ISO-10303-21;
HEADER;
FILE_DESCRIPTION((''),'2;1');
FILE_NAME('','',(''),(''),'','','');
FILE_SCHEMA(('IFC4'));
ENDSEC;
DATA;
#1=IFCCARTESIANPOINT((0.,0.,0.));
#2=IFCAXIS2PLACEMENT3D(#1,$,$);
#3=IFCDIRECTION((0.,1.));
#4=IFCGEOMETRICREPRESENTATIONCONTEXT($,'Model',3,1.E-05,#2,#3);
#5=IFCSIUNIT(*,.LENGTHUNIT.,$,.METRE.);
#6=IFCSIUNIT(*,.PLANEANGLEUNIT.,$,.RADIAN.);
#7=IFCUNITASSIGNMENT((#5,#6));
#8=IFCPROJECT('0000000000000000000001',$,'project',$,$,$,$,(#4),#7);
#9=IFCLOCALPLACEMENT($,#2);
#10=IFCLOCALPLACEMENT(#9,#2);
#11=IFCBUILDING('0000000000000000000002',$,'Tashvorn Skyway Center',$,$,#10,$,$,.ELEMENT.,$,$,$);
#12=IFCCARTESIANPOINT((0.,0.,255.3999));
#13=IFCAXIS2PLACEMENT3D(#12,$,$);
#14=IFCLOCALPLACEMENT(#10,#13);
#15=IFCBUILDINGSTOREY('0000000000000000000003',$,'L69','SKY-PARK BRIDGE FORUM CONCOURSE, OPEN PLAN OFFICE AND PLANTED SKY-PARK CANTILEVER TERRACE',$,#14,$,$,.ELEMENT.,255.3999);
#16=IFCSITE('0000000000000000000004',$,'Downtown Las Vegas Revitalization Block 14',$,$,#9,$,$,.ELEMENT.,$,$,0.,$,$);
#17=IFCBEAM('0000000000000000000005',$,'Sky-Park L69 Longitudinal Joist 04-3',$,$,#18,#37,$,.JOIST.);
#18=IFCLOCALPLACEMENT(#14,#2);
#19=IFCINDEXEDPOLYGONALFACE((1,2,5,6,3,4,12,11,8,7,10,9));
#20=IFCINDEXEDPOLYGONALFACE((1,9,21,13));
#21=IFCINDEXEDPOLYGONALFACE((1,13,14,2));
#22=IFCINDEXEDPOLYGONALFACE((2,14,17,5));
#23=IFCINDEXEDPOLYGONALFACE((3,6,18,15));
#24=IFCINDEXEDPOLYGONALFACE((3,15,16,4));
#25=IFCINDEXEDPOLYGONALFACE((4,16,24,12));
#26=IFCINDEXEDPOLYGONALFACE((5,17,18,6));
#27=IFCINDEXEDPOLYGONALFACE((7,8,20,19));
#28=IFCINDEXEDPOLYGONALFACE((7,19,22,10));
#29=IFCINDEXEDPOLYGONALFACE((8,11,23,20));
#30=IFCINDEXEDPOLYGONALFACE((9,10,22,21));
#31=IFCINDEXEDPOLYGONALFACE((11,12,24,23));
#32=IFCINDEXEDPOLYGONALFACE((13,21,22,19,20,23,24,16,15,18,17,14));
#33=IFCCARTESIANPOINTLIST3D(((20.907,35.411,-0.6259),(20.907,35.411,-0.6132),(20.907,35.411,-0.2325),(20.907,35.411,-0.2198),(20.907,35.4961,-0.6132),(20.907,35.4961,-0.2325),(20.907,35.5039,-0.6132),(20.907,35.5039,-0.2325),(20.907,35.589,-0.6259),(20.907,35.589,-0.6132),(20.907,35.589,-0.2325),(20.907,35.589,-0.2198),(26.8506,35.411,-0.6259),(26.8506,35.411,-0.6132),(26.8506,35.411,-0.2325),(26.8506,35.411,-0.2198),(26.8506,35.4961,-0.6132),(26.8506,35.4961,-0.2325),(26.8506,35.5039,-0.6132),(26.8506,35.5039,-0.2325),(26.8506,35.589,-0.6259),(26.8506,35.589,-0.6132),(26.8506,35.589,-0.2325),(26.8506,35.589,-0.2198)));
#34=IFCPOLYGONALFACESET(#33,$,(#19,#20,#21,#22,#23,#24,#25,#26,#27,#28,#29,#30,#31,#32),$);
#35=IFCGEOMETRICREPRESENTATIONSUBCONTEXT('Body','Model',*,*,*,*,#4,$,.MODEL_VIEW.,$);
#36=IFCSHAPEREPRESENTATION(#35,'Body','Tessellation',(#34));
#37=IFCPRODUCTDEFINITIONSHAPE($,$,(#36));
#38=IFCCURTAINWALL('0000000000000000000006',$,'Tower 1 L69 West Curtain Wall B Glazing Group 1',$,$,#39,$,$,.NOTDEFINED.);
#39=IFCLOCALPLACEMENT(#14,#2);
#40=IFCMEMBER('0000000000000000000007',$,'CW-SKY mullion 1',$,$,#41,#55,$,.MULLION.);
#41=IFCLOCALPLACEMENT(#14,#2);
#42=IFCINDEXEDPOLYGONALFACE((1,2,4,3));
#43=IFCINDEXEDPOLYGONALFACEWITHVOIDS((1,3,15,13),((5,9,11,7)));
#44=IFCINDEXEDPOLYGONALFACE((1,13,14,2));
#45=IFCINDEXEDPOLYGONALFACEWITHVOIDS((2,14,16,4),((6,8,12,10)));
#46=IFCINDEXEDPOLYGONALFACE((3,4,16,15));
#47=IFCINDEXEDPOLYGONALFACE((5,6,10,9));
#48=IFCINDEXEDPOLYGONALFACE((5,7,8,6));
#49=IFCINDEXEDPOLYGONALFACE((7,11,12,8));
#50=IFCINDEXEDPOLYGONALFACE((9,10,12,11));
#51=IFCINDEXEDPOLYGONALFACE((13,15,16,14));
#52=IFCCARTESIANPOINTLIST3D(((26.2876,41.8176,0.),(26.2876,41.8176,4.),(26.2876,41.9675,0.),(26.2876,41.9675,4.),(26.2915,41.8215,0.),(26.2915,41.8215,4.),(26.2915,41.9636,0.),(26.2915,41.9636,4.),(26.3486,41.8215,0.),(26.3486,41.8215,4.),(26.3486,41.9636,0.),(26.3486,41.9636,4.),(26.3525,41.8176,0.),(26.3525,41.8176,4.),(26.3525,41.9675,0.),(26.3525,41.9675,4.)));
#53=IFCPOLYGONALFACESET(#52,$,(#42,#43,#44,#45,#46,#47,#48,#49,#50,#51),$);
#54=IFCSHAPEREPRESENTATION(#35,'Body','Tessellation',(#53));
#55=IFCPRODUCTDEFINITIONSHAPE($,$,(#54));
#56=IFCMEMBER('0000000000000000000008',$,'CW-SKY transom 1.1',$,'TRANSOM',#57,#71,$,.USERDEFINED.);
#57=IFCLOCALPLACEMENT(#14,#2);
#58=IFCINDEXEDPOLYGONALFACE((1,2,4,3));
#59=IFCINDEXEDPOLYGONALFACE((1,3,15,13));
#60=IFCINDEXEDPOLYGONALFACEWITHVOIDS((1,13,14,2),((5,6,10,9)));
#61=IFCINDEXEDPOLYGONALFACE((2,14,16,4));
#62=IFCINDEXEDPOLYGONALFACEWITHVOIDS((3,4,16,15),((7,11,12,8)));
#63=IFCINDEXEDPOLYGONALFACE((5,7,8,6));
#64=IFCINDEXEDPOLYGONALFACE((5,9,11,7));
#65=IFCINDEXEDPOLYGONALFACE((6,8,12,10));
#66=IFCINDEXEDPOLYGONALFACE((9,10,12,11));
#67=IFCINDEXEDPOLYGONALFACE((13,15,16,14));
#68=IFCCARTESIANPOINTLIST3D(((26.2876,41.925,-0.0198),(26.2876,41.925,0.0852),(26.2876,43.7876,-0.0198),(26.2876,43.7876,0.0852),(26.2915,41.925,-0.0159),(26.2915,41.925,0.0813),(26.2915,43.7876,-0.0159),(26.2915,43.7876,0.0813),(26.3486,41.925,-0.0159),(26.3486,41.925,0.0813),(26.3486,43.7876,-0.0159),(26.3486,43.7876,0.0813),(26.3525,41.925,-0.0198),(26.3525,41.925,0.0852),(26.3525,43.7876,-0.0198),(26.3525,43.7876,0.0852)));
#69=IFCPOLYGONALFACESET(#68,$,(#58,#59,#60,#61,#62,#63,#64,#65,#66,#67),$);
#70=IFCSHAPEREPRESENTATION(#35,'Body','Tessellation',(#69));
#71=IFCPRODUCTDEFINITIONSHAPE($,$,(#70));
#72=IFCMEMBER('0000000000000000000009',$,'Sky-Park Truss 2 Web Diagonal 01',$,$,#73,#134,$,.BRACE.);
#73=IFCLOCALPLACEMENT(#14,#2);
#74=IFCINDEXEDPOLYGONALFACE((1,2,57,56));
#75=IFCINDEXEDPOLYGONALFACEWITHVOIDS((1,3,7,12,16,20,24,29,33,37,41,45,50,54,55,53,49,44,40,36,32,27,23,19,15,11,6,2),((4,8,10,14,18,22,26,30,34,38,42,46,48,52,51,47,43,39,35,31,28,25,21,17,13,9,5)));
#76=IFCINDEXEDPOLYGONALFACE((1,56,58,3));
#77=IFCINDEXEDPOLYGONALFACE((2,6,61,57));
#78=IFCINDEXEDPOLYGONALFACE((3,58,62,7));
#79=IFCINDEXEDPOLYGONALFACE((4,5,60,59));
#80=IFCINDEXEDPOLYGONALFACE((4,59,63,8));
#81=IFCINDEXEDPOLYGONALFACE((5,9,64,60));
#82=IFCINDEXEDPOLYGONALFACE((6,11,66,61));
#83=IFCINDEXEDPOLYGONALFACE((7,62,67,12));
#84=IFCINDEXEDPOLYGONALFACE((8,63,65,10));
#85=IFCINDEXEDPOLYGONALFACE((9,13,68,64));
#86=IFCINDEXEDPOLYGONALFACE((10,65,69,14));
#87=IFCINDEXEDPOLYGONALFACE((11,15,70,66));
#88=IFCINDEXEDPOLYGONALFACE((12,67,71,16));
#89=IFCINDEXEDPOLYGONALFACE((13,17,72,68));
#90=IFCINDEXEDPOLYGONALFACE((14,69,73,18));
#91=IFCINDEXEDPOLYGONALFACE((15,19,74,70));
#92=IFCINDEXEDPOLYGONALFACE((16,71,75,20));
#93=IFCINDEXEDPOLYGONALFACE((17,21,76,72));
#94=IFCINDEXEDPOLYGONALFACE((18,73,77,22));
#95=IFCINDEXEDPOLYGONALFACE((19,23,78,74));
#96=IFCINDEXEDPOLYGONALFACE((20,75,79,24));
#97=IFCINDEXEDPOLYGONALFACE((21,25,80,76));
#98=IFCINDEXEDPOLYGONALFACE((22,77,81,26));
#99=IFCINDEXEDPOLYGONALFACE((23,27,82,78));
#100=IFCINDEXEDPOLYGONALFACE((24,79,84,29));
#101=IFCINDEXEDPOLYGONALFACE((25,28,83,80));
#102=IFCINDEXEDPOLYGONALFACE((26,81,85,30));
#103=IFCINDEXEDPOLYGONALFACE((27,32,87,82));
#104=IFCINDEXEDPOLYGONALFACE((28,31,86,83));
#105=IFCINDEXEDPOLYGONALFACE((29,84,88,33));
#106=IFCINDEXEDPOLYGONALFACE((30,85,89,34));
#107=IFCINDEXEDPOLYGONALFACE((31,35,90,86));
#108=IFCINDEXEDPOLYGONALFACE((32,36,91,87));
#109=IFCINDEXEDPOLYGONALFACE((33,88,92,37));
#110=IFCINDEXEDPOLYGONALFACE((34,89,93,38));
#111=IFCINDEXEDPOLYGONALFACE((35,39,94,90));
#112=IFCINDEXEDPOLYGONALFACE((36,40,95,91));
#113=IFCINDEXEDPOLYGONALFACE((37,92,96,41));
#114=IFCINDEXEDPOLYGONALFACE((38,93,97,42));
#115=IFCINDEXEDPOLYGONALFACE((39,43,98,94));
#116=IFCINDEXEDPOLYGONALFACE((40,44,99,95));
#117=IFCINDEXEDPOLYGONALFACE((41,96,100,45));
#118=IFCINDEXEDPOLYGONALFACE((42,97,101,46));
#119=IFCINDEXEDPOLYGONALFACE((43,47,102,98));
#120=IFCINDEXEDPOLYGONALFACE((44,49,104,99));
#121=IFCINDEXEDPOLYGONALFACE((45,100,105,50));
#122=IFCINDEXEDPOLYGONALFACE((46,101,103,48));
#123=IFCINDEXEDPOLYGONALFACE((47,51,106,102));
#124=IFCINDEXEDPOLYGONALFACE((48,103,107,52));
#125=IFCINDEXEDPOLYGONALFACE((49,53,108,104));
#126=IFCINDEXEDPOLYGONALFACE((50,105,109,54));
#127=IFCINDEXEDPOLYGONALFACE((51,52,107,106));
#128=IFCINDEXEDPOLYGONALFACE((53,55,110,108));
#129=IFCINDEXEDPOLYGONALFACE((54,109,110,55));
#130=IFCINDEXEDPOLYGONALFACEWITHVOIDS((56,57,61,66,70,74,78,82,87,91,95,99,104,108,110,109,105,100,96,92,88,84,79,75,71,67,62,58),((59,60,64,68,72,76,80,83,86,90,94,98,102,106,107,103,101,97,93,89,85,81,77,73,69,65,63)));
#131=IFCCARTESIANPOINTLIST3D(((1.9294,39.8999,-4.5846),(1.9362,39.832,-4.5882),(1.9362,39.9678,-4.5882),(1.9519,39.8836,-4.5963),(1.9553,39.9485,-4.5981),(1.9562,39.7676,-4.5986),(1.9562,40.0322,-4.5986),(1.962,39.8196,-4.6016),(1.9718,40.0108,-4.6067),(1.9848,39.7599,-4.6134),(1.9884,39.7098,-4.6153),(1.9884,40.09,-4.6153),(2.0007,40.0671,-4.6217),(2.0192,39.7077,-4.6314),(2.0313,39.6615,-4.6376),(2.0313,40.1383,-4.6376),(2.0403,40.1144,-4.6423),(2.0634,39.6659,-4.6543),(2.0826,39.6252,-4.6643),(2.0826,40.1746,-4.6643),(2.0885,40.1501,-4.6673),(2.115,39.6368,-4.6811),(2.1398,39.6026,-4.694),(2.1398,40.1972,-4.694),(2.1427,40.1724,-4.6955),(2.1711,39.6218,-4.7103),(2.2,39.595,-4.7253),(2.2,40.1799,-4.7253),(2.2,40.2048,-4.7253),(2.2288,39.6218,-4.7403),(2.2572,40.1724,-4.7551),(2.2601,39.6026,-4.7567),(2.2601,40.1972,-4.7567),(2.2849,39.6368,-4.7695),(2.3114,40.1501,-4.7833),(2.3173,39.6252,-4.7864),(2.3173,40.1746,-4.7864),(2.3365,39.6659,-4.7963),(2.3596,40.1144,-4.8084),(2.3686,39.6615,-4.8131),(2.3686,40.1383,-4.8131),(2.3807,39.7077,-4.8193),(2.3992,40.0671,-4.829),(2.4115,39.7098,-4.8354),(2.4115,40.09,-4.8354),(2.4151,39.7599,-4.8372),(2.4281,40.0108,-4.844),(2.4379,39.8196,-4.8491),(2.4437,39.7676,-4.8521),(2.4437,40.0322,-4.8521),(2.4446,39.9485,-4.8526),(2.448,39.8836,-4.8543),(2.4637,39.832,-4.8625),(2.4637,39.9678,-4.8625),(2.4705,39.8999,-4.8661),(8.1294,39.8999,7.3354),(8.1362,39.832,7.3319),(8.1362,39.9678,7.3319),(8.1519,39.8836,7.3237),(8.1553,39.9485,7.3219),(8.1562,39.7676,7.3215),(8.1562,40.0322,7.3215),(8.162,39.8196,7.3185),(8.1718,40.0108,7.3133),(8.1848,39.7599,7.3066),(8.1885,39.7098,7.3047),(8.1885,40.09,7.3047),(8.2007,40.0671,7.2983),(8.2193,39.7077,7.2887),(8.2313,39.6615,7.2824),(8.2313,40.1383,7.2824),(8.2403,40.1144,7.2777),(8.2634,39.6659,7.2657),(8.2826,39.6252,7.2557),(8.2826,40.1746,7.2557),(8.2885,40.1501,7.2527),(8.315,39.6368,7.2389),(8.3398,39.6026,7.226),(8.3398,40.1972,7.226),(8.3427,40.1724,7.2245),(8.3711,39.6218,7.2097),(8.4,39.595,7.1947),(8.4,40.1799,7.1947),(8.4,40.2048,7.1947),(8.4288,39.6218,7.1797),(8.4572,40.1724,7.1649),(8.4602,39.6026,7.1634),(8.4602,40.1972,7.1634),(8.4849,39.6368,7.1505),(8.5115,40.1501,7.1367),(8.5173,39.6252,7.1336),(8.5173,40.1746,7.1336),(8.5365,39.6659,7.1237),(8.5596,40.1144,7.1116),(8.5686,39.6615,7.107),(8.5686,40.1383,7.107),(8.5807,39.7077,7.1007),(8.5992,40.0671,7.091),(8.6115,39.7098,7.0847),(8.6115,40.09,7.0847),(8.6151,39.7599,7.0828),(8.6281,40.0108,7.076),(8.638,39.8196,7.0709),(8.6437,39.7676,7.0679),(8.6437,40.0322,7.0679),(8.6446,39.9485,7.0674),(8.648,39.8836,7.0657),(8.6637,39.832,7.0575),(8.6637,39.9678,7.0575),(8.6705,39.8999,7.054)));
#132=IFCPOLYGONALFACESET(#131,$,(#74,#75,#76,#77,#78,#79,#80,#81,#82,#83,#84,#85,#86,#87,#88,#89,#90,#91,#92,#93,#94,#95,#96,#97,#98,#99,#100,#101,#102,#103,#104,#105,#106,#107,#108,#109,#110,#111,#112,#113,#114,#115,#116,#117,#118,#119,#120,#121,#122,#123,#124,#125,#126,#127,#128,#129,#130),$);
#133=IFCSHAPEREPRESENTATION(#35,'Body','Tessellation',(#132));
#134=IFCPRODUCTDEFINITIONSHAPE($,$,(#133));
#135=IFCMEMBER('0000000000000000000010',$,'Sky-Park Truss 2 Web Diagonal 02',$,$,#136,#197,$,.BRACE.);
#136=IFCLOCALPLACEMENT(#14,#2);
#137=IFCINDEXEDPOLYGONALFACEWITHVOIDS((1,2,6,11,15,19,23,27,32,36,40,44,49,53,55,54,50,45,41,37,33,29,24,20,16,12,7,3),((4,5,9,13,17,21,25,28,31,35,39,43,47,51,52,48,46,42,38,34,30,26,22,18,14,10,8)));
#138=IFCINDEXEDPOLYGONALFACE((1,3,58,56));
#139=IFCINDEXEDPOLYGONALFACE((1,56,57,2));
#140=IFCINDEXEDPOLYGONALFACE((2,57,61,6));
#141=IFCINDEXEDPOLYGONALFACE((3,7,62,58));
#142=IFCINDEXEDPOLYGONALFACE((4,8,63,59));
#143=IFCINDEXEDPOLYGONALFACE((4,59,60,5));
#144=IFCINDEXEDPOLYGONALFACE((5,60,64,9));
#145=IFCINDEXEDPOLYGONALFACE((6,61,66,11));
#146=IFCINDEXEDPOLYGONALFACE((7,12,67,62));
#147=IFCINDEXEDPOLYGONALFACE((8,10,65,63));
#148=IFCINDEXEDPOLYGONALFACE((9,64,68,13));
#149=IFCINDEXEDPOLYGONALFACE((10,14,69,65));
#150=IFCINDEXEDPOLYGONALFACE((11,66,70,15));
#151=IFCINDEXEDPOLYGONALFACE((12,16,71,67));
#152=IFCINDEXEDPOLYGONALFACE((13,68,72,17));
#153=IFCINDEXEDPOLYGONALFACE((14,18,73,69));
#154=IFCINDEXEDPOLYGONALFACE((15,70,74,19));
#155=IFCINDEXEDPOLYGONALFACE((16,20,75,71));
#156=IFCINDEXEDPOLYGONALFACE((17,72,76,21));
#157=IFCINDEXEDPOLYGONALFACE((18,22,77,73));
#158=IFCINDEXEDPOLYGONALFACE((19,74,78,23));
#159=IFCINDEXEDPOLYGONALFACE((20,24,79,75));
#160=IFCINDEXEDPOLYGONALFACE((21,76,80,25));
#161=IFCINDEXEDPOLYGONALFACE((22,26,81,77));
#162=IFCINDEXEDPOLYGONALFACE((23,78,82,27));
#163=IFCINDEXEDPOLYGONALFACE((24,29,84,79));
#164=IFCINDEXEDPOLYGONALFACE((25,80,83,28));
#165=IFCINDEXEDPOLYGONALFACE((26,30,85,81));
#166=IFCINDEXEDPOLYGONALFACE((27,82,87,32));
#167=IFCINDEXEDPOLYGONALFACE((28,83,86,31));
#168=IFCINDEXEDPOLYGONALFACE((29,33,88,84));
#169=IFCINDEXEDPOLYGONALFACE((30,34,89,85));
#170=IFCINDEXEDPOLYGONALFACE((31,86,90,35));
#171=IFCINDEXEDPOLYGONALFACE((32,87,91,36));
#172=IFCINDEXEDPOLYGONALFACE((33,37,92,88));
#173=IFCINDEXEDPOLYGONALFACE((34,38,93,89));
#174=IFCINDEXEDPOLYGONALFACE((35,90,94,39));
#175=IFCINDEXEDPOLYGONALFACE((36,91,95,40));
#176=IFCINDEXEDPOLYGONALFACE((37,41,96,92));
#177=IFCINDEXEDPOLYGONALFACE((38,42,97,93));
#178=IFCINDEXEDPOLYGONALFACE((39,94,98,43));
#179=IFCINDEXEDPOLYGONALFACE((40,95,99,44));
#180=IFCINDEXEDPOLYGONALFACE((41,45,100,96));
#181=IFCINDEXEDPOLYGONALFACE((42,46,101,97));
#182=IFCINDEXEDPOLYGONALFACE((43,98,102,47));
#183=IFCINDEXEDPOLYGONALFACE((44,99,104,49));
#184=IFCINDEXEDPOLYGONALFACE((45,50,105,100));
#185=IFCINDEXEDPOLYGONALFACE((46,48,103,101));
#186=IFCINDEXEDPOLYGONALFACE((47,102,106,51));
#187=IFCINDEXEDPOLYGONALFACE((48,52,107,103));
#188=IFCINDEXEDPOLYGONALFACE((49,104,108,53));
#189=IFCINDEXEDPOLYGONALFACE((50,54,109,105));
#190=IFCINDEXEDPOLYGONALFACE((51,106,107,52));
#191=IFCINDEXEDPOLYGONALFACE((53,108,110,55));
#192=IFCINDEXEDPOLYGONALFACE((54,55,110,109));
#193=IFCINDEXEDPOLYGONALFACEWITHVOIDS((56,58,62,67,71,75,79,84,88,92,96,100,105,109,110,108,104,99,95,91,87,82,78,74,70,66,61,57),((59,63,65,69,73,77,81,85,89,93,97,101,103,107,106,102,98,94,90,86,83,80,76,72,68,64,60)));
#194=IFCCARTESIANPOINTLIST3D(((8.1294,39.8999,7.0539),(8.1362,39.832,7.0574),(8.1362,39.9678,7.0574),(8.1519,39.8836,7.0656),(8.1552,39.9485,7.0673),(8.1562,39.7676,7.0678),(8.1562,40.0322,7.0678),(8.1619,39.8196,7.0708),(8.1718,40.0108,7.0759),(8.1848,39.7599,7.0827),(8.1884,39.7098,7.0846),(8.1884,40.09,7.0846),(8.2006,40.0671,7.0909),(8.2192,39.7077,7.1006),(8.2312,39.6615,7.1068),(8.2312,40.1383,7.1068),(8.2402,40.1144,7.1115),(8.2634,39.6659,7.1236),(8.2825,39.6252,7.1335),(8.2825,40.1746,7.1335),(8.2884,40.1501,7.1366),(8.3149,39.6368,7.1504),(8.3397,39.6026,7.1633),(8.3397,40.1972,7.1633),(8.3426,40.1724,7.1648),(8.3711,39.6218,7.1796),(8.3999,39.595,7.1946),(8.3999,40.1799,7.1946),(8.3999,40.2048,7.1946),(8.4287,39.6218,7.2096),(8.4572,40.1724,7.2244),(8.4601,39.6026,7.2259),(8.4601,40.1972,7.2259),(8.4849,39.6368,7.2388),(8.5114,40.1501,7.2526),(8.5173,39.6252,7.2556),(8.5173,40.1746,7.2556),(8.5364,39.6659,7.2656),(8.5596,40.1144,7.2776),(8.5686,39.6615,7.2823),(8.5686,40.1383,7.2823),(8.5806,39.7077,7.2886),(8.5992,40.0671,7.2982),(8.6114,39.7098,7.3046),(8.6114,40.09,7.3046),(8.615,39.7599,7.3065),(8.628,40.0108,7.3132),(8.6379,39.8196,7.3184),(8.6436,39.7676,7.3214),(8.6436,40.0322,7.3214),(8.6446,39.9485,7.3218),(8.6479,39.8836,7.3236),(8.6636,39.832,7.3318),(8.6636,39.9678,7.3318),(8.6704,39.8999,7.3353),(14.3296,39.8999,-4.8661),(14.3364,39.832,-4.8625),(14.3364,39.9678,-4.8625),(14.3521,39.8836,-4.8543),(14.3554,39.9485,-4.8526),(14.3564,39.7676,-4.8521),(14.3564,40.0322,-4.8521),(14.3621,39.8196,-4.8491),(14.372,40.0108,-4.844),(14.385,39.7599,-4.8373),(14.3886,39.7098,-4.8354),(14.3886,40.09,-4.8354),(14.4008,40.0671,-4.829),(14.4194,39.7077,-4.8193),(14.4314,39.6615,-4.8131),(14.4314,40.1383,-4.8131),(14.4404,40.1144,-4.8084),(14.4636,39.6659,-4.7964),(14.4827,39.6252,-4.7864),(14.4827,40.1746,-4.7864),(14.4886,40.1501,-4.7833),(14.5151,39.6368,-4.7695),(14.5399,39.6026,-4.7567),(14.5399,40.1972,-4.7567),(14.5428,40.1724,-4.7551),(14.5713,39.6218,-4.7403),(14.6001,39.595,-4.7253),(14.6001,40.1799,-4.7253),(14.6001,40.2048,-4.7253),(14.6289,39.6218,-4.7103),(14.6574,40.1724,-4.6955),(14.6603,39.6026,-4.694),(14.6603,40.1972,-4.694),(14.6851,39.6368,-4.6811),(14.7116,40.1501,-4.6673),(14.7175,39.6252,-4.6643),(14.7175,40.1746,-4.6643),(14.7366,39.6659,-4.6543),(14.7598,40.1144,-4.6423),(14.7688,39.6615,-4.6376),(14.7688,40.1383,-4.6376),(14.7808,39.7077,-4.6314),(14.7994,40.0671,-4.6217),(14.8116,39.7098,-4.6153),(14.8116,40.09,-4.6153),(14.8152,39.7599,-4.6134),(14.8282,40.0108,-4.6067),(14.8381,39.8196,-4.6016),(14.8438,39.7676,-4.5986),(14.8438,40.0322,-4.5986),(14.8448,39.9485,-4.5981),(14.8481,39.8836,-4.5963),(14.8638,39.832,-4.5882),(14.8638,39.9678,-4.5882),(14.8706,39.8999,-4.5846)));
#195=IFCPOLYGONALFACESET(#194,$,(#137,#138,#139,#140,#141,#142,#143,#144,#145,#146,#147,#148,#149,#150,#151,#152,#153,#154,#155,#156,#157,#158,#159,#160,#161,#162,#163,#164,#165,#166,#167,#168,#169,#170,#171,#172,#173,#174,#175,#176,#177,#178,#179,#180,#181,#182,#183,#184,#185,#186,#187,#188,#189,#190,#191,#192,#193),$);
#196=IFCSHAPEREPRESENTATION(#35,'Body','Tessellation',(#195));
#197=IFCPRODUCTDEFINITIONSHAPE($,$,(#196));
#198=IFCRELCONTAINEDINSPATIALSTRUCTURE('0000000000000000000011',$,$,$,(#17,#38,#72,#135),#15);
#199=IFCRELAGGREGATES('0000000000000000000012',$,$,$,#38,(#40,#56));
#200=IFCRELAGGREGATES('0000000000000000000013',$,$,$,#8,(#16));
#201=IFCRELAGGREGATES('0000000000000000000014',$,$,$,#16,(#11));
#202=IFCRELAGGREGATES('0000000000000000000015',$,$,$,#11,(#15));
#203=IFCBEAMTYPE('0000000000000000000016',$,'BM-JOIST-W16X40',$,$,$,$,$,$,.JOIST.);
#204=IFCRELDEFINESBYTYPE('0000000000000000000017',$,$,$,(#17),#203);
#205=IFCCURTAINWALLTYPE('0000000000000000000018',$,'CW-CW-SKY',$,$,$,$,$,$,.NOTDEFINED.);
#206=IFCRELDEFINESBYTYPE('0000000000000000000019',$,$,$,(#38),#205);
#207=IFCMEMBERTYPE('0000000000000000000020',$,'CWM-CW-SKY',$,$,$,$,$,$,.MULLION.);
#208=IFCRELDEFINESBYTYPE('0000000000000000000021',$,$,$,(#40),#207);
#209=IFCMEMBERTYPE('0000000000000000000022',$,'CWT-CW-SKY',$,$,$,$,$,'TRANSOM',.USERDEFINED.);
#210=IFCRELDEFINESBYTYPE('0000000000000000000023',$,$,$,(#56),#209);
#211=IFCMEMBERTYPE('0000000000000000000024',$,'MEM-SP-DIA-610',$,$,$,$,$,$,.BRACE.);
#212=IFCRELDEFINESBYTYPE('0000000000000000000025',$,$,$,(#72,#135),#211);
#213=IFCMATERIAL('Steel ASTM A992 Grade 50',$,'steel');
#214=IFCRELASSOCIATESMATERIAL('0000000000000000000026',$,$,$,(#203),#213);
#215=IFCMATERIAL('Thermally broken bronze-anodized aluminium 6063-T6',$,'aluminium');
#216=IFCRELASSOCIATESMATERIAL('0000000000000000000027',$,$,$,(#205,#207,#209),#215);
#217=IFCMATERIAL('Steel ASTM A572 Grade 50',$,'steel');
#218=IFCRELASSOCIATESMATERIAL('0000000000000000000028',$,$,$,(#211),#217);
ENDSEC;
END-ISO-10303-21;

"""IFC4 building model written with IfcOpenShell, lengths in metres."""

from ifc_helpers import new_model, si_unit, direction, frame, origin, origin_2d, place, context, subcontext, project, spatial, hollow_rectangle, hollow_circle, i_section, extrude, material, material_profile, profile_set, type_object, element, aggregate, save


model = new_model("IFC4")

# Units and contexts
model_context = context("Model", 3, precision=1e-05, world=origin(), true_north=direction((0.0, 1.0)))
body_context = subcontext(model_context, "Body", "Model", "MODEL_VIEW")
ifc_project = project(units=[si_unit("LENGTHUNIT", "METRE"), si_unit("PLANEANGLEUNIT", "RADIAN")], contexts=[model_context])

# Site, building, storey
site_placement = place(None, origin())
site = spatial("IfcSite", under=ifc_project, at=site_placement, Name="Downtown Las Vegas Revitalization Block 14", CompositionType="ELEMENT", RefElevation=0.0)
building_placement = place(site_placement, origin())
building = spatial("IfcBuilding", under=site, at=building_placement, Name="Tashvorn Skyway Center", CompositionType="ELEMENT")
storey_placement = place(building_placement, frame((0.0, 0.0, 255.3999)))
storey = spatial("IfcBuildingStorey", under=building, at=storey_placement, Name="L69", Description="SKY-PARK BRIDGE FORUM CONCOURSE, OPEN PLAN OFFICE AND PLANTED SKY-PARK CANTILEVER TERRACE", CompositionType="ELEMENT", Elevation=255.3999)

# Beam
ifc_material_1 = material(Name="Steel ASTM A992 Grade 50", Category="steel")
ifc_material_profile_1 = material_profile(ifc_material_1, i_section(OverallWidth=0.178, OverallDepth=0.406, WebThickness=0.0078, FlangeThickness=0.0127, at=origin_2d()), Name="W16X40")
ifc_profile_set_1 = profile_set([ifc_material_profile_1], Name="Steel ASTM A992 Grade 50")
beam_type = type_object("IfcBeamType", Name="BM-JOIST-W16X40", PredefinedType="JOIST", material=ifc_profile_set_1)
for number, where, z_axis, x_axis, name in (
    (1, (20.907, 35.5, -0.4229), (1.0, 0.0, 0.0), (0.0, 1.0, 0.0), "Sky-Park L69 Longitudinal Joist 04-3"),
):
    element("IfcBeam", number, at=place(storey_placement, frame(where, z_axis=z_axis, x_axis=x_axis)), inside=storey, type_object=beam_type, Name=name, PredefinedType="JOIST", context=body_context, shape_type="SweptSolid", body=[
        extrude(i_section(OverallWidth=0.178, OverallDepth=0.406, WebThickness=0.0078, FlangeThickness=0.0127, at=origin_2d()), origin(), (0.0, 0.0, 1.0), 5.9436),
    ])

# Curtain wall, members
ifc_material_2 = material(Name="Thermally broken bronze-anodized aluminium 6063-T6", Category="aluminium")
curtain_wall_type = type_object("IfcCurtainWallType", Name="CW-CW-SKY", PredefinedType="NOTDEFINED", material=ifc_material_2)
curtain_wall_placement = place(storey_placement, origin())
curtain_wall = element("IfcCurtainWall", 2, at=curtain_wall_placement, inside=storey, type_object=curtain_wall_type, Name="Tower 1 L69 West Curtain Wall B Glazing Group 1", PredefinedType="NOTDEFINED")
ifc_material_profile_2 = material_profile(ifc_material_2, hollow_rectangle(XDim=0.0649, YDim=0.1499, WallThickness=0.0039, at=origin_2d()), Name="ALU-MULL-65x150")
ifc_profile_set_2 = profile_set([ifc_material_profile_2], Name="Thermally broken bronze-anodized aluminium 6063-T6")
member_type_1 = type_object("IfcMemberType", Name="CWM-CW-SKY", PredefinedType="MULLION", material=ifc_profile_set_2)
member_1_placement = place(storey_placement, frame((26.3201, 41.8926, 0.0), z_axis=(0.0, 0.0, 1.0), x_axis=(-1.0, 0.0, 0.0)))
member_1 = element("IfcMember", 3, at=member_1_placement, type_object=member_type_1, Name="CW-SKY mullion 1", PredefinedType="MULLION", context=body_context, shape_type="SweptSolid", body=[
    extrude(hollow_rectangle(XDim=0.0649, YDim=0.1499, WallThickness=0.0039, at=origin_2d()), origin(), (0.0, 0.0, 1.0), 4.0),
])
ifc_material_profile_3 = material_profile(ifc_material_2, hollow_rectangle(XDim=0.0649, YDim=0.105, WallThickness=0.0039, at=origin_2d()), Name="ALU-TRAN-65x105")
ifc_profile_set_3 = profile_set([ifc_material_profile_3], Name="Thermally broken bronze-anodized aluminium 6063-T6")
member_type_2 = type_object("IfcMemberType", Name="CWT-CW-SKY", ElementType="TRANSOM", PredefinedType="USERDEFINED", material=ifc_profile_set_3)
member_2_placement = place(storey_placement, frame((26.3201, 41.925, 0.0327), z_axis=(0.0, 1.0, 0.0), x_axis=(-1.0, 0.0, 0.0)))
member_2 = element("IfcMember", 4, at=member_2_placement, type_object=member_type_2, Name="CW-SKY transom 1.1", ObjectType="TRANSOM", PredefinedType="USERDEFINED", context=body_context, shape_type="SweptSolid", body=[
    extrude(hollow_rectangle(XDim=0.0649, YDim=0.105, WallThickness=0.0039, at=origin_2d()), origin(), (0.0, 0.0, 1.0), 1.8625),
])
aggregate(curtain_wall, [member_1, member_2])

# Members
ifc_material_3 = material(Name="Steel ASTM A572 Grade 50", Category="steel")
ifc_material_profile_4 = material_profile(ifc_material_3, hollow_circle(Radius=0.3049, WallThickness=0.0249, at=origin_2d()), Name="CHS610x25")
ifc_profile_set_4 = profile_set([ifc_material_profile_4], Name="Steel ASTM A572 Grade 50")
member_type_3 = type_object("IfcMemberType", Name="MEM-SP-DIA-610", PredefinedType="BRACE", material=ifc_profile_set_4)
for number, where, z_axis, x_axis, name in (
    (5, (2.2, 39.8999, -4.7253), (0.461446, 0.0, 0.887168), (0.0, 1.0, 0.0), "Sky-Park Truss 2 Web Diagonal 01"),
    (6, (8.3999, 39.8999, 7.1946), (0.46146, 0.0, -0.887161), (0.0, 1.0, 0.0), "Sky-Park Truss 2 Web Diagonal 02"),
):
    element("IfcMember", number, at=place(storey_placement, frame(where, z_axis=z_axis, x_axis=x_axis)), inside=storey, type_object=member_type_3, Name=name, PredefinedType="BRACE", context=body_context, shape_type="SweptSolid", body=[
        extrude(hollow_circle(Radius=0.3049, WallThickness=0.0249, at=origin_2d()), origin(), (0.0, 0.0, 1.0), 13.436),
    ])

save(model, "model.ifc")
